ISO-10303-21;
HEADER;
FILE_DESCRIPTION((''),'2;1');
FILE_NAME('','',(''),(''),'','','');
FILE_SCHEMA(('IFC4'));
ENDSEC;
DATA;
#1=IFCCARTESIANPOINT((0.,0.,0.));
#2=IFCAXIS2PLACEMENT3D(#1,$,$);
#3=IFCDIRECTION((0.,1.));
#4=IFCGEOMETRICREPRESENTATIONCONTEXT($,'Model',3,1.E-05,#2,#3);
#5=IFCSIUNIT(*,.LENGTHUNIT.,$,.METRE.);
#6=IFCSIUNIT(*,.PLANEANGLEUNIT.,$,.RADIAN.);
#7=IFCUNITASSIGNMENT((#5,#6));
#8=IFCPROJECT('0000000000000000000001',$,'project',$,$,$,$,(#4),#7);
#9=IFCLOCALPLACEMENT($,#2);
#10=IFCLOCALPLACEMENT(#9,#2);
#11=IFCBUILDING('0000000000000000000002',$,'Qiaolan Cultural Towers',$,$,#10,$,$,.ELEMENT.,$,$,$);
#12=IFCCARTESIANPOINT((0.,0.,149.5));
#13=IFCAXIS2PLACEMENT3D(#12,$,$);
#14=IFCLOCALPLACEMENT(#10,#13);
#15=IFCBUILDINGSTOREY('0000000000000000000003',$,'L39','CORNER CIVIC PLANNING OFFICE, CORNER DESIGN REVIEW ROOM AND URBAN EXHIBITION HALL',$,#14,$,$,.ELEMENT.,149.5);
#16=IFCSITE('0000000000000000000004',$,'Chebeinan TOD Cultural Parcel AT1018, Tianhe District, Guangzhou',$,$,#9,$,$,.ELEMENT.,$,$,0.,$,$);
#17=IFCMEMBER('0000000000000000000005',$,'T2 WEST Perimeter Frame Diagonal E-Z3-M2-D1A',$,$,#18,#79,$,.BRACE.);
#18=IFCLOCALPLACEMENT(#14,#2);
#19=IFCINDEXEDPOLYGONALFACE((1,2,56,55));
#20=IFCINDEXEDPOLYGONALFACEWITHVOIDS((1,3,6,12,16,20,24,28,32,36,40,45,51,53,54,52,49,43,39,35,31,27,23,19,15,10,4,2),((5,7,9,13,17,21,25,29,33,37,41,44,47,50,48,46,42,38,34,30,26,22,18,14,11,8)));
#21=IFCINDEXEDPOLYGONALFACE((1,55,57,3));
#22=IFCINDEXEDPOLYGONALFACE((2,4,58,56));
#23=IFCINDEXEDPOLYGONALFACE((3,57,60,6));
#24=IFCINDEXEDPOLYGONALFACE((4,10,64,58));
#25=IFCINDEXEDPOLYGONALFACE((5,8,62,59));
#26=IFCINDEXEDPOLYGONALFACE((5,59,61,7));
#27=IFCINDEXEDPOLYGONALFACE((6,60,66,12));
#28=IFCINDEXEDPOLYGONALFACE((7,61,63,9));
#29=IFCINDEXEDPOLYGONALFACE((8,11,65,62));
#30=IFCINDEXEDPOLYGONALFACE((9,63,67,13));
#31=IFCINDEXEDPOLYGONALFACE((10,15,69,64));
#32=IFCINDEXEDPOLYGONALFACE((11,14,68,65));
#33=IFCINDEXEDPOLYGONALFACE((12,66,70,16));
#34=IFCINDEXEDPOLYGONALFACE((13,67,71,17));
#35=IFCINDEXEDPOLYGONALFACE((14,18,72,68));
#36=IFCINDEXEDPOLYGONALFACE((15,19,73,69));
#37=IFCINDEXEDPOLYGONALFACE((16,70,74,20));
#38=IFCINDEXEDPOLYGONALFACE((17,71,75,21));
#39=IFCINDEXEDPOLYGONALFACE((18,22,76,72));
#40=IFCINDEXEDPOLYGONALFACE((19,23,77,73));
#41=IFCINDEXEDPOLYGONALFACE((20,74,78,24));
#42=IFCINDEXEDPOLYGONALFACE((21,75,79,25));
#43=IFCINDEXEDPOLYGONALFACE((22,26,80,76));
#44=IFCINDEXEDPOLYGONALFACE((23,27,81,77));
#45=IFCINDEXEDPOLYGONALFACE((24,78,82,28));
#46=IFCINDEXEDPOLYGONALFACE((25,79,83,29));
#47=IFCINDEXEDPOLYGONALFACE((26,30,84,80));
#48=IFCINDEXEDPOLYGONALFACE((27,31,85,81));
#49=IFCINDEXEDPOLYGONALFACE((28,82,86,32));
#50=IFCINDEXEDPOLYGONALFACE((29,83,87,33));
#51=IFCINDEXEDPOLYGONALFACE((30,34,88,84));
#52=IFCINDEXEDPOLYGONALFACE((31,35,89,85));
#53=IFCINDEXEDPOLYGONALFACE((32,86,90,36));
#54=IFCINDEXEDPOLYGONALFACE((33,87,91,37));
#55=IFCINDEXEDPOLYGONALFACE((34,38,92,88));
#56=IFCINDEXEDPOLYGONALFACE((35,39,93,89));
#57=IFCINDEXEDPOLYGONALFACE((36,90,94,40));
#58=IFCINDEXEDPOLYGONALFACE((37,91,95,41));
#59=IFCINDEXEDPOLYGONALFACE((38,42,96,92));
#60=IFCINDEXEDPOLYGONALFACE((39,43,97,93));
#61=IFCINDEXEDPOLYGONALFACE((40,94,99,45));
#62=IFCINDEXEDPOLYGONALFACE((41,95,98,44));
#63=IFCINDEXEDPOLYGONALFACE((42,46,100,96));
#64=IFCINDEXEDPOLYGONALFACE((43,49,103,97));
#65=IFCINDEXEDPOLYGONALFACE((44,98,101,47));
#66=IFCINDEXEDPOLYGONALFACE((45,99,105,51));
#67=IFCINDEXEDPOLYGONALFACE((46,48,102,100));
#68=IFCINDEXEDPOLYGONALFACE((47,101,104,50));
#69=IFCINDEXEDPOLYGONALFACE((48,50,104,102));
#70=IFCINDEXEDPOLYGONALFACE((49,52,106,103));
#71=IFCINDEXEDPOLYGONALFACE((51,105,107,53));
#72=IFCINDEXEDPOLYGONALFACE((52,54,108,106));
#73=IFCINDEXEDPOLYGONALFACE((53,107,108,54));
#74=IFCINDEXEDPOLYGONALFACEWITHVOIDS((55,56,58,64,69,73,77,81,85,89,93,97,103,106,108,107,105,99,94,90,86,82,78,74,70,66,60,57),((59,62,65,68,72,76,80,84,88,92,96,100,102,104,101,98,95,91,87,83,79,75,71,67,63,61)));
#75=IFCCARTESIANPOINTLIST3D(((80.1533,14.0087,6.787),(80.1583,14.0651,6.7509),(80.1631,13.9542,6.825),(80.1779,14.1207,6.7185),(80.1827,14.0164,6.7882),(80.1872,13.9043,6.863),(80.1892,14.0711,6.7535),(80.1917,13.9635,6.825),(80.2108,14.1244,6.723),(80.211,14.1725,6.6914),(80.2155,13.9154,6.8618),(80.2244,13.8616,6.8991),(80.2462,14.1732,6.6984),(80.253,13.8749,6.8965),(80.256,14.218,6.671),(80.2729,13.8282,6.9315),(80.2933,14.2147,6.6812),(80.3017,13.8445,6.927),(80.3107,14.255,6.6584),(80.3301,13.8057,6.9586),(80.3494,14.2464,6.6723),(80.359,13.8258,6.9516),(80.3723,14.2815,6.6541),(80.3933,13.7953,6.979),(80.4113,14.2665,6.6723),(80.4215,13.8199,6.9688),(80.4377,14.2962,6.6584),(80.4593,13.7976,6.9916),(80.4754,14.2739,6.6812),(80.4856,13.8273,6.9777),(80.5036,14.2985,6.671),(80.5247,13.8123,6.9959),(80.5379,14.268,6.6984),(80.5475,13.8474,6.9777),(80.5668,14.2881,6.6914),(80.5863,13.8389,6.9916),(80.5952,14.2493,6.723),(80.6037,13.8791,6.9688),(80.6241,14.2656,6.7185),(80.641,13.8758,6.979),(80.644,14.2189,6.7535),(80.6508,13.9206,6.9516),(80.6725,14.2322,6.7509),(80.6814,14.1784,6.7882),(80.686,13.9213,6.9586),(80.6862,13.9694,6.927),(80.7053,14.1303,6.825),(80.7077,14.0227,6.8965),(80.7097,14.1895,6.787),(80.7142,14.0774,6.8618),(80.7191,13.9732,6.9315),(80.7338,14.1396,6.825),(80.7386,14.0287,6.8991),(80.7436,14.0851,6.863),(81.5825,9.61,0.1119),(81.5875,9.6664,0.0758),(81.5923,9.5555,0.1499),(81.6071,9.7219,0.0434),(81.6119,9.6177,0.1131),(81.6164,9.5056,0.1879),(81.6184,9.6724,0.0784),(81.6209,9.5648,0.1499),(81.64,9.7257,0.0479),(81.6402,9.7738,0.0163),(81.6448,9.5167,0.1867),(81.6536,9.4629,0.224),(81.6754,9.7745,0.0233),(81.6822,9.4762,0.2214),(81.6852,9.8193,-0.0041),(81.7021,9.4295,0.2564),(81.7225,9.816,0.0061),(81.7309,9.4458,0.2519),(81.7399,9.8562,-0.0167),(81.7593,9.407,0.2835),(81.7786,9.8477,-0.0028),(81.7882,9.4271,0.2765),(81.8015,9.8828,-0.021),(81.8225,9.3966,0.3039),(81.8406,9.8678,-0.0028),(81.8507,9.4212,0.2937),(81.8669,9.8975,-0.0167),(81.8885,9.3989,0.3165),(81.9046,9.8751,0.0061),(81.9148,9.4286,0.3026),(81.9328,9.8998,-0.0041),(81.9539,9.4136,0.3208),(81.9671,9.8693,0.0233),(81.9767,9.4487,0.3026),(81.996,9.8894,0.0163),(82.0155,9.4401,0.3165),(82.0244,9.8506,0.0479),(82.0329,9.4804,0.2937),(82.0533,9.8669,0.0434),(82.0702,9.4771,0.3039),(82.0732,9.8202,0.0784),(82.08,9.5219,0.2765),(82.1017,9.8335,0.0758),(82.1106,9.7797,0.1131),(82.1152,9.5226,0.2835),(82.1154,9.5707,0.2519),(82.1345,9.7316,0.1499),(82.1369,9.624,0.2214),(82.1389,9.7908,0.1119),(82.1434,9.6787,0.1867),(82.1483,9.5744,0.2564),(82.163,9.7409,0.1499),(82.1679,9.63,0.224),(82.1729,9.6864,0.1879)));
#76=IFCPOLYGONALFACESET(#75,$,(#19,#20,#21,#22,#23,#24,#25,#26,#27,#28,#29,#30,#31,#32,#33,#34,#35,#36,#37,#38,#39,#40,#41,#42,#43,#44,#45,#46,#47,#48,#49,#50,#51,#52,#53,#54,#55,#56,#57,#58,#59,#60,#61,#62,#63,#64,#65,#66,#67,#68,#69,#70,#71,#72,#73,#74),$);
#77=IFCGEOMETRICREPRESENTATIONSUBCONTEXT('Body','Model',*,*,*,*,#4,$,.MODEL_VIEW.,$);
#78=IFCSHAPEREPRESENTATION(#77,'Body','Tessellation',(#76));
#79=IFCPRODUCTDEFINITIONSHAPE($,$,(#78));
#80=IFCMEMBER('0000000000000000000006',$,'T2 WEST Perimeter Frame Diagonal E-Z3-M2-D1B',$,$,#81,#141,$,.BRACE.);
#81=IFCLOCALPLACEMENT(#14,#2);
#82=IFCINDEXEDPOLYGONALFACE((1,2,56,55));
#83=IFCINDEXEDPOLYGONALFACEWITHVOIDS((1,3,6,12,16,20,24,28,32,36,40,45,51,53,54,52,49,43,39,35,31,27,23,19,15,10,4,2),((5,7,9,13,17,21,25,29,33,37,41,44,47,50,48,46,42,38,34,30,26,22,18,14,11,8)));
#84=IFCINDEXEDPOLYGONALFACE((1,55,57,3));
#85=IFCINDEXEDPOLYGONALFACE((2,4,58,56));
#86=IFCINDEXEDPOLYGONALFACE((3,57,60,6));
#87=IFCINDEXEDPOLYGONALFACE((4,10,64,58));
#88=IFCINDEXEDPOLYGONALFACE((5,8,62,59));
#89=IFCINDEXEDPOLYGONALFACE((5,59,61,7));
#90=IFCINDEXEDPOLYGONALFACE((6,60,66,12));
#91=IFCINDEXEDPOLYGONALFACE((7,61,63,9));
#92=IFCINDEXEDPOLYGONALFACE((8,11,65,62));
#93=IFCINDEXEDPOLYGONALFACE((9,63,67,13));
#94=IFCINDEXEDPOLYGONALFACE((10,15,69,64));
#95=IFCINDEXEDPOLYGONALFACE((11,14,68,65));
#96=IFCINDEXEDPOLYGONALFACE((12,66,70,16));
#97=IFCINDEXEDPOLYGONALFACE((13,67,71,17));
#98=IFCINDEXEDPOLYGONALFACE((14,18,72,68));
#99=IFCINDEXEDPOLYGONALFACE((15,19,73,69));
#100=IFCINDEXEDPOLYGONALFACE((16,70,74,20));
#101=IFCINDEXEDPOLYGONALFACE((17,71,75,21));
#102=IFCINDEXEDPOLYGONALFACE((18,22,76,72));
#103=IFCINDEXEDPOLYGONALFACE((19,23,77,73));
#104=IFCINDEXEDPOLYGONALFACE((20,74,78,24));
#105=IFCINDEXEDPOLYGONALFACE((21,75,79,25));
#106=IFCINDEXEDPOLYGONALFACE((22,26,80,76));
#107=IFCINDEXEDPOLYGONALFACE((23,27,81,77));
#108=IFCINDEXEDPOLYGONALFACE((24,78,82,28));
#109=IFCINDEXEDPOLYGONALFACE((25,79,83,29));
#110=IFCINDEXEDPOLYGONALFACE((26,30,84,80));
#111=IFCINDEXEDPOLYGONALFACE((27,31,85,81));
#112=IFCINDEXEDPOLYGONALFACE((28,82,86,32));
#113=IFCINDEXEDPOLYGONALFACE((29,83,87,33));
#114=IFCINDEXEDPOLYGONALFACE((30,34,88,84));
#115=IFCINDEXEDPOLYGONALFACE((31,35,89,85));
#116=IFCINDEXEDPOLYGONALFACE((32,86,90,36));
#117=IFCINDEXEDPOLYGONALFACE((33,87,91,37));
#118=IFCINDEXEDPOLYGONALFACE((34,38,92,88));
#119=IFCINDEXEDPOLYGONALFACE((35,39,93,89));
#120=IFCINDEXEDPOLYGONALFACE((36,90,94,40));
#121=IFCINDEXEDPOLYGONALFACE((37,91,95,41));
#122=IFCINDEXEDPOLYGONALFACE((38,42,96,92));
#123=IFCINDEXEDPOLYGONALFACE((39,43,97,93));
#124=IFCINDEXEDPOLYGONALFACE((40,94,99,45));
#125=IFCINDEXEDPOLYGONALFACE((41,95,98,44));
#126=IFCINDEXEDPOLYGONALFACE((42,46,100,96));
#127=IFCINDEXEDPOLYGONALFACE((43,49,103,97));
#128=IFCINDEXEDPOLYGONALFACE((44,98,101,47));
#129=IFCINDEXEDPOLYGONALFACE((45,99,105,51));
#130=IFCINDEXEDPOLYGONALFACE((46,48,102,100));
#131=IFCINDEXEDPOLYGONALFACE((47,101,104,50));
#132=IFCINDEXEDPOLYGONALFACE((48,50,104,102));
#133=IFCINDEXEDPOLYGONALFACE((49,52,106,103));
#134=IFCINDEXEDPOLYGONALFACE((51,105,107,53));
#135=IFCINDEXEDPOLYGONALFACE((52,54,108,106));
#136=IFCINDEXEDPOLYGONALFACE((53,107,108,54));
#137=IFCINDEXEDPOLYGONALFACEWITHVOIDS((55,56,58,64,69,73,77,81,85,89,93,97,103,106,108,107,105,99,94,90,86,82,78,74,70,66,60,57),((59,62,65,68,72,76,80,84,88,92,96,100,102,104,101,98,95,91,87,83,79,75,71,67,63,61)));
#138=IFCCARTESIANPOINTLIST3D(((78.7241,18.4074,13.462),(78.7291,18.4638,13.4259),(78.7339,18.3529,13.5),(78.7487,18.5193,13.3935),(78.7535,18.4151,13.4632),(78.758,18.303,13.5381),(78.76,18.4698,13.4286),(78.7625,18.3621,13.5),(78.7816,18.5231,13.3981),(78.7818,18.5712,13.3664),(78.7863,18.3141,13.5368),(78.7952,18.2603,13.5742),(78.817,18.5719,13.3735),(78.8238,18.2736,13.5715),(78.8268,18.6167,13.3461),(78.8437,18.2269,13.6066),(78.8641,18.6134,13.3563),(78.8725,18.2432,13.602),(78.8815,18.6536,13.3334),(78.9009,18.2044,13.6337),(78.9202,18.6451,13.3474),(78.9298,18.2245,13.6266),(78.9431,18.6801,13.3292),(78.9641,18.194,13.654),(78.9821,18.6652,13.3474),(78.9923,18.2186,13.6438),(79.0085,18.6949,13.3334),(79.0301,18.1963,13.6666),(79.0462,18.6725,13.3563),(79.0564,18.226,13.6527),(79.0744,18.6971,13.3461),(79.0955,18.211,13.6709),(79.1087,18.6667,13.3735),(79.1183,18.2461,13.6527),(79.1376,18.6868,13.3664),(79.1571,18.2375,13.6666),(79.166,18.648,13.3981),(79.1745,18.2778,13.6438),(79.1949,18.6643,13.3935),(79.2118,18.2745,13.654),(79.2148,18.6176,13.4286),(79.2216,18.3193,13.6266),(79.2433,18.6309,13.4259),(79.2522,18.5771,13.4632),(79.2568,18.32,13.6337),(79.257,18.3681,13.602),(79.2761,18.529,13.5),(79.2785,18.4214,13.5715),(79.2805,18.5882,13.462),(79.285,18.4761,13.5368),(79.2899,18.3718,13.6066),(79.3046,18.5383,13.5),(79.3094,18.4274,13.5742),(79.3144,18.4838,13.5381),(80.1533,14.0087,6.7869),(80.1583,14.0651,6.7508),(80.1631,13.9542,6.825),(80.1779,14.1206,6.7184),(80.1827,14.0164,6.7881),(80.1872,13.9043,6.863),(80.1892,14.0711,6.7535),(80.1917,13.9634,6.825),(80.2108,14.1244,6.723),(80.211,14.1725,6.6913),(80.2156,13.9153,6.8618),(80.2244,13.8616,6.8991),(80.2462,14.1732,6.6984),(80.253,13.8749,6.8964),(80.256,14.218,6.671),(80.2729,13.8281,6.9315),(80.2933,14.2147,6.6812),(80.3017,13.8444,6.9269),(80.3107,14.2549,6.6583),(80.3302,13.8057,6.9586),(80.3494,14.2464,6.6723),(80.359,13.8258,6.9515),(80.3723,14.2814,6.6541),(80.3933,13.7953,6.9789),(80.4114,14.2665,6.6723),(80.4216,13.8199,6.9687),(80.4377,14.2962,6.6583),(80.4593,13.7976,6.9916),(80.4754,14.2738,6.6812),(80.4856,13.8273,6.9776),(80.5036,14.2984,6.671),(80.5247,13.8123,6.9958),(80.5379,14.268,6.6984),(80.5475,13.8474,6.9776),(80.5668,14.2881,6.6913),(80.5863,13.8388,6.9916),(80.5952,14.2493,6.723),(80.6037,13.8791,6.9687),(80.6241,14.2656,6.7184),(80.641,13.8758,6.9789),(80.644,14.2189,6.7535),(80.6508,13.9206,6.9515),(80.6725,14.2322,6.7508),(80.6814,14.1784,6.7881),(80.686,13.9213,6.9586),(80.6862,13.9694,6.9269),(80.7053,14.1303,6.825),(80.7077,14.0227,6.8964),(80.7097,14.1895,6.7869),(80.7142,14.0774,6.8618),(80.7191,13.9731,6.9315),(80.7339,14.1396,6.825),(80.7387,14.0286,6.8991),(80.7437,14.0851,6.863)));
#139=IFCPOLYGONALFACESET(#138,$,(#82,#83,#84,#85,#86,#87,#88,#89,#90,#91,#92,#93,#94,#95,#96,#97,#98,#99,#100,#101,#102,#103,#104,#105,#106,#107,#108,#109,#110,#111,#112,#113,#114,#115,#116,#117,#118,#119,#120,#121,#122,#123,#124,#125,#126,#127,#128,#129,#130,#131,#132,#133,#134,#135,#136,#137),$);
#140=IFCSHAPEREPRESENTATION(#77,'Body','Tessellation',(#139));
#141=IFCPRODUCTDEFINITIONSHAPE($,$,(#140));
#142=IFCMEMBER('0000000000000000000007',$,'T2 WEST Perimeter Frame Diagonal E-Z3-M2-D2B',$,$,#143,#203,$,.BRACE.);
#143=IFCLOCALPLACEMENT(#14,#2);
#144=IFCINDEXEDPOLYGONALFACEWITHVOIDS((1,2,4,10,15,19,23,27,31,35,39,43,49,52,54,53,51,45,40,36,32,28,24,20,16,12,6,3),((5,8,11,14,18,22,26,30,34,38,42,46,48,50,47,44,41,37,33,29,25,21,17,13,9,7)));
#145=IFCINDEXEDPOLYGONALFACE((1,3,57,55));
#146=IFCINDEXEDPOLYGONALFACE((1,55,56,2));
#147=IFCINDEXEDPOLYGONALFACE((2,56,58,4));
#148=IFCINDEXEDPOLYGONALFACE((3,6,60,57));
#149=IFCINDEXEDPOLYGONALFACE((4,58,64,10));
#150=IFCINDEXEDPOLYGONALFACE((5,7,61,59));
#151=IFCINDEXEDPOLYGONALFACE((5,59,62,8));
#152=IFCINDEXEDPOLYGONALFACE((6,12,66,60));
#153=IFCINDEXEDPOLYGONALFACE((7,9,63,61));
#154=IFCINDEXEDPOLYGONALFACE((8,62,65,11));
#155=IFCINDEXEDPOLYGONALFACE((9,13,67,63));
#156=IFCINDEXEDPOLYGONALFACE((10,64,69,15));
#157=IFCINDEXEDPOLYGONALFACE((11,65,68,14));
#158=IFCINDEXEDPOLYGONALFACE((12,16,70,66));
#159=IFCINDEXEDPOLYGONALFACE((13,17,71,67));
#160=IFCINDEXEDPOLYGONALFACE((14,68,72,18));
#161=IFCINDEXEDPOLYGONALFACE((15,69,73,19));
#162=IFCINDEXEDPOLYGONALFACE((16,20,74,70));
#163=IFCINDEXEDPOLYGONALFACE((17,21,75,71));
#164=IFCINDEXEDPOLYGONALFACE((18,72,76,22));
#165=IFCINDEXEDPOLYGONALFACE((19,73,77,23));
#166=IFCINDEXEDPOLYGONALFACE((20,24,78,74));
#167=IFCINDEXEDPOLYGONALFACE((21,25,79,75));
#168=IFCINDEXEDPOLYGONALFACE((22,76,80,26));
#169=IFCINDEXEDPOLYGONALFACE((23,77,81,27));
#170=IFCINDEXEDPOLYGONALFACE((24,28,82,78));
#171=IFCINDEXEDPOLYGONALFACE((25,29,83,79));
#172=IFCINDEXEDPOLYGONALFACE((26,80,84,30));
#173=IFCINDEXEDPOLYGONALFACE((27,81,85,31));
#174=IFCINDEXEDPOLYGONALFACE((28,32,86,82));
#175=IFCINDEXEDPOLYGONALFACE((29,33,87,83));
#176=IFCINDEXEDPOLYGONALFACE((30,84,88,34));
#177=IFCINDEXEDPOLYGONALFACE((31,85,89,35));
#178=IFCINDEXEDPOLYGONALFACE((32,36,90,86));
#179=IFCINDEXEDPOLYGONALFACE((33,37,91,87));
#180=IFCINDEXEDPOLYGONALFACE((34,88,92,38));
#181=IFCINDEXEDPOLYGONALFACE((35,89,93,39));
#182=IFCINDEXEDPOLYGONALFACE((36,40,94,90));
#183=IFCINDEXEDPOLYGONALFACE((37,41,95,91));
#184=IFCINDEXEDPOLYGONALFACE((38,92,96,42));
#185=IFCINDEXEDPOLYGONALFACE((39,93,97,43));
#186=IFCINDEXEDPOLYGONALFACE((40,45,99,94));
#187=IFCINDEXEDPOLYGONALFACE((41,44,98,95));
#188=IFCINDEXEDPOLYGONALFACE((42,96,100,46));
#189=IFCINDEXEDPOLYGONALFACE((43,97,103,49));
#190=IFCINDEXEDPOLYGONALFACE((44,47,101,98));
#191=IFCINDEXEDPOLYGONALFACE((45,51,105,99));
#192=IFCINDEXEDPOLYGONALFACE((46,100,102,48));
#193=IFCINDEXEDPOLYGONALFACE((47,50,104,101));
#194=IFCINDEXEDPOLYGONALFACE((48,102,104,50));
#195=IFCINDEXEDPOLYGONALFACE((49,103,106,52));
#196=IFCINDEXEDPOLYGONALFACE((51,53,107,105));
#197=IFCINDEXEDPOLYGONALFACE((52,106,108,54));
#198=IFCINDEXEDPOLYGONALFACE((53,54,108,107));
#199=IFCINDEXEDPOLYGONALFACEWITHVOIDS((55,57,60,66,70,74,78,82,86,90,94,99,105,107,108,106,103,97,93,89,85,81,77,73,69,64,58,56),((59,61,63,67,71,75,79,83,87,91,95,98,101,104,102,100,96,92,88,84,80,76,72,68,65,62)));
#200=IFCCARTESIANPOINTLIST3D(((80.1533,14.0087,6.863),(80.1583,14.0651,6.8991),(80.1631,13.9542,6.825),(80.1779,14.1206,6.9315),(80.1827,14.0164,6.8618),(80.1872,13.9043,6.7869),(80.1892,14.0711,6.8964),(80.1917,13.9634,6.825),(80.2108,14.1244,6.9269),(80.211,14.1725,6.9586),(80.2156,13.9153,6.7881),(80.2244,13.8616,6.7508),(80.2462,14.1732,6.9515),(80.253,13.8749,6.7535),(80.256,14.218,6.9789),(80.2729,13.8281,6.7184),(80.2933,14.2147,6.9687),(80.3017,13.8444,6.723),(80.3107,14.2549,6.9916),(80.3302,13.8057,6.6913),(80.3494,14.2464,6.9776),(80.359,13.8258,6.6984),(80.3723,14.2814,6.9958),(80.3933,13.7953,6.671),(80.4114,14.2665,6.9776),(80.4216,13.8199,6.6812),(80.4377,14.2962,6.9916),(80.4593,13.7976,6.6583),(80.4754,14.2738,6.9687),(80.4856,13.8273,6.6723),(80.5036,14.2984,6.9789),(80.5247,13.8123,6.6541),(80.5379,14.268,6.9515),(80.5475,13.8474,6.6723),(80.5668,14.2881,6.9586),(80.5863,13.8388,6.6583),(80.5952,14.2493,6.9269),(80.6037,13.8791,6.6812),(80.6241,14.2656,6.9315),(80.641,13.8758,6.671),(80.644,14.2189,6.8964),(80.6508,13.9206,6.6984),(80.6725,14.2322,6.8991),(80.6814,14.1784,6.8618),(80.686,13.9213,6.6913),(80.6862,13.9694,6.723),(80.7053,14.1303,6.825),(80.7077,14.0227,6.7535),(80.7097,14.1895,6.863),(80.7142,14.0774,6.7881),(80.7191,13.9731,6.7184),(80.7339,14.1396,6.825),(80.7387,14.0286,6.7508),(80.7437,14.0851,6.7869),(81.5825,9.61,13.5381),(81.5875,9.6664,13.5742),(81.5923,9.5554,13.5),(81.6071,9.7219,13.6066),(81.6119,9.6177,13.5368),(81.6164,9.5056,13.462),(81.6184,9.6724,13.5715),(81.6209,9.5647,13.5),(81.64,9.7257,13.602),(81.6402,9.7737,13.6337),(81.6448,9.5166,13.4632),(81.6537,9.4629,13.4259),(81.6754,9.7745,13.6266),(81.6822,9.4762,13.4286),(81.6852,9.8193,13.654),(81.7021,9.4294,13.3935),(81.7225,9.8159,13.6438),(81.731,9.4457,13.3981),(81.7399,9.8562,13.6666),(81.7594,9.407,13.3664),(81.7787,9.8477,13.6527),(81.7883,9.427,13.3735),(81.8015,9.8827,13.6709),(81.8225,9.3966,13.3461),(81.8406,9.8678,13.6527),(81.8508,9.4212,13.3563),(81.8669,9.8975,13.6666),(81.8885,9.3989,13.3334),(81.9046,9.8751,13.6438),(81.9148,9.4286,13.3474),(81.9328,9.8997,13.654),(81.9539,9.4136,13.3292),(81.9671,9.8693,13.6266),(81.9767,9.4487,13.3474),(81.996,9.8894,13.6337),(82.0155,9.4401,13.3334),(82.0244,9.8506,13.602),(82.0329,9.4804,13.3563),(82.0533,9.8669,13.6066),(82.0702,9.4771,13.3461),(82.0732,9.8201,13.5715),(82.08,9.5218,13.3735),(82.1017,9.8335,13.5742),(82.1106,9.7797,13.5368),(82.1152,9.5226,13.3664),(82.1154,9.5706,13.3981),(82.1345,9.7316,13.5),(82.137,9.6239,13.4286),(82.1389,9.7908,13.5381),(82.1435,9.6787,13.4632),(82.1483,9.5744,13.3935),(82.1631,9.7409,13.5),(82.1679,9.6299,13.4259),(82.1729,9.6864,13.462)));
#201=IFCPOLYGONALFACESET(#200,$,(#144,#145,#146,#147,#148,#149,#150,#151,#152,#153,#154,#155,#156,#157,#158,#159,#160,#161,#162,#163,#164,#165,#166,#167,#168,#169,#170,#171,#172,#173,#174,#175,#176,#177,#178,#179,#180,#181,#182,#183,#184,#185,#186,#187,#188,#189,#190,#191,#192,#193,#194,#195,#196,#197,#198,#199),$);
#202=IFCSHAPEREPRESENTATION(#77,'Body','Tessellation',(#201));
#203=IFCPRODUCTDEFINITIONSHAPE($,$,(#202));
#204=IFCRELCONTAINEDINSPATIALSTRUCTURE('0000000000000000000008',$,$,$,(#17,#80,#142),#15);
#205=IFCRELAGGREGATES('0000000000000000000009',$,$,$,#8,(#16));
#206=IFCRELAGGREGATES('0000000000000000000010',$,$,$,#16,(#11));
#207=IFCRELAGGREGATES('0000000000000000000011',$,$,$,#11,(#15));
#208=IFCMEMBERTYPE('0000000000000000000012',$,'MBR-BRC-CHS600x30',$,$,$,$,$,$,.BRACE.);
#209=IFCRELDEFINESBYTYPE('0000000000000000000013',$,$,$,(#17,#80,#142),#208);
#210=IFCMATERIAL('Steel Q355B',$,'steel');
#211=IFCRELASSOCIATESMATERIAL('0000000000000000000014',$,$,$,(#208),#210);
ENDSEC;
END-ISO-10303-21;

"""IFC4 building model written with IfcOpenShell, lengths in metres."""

from ifc_helpers import new_model, si_unit, direction, frame, origin, origin_2d, place, context, subcontext, project, spatial, hollow_circle, extrude, material, material_profile, profile_set, type_object, element, save


model = new_model("IFC4")

# Units and contexts
model_context = context("Model", 3, precision=1e-05, world=origin(), true_north=direction((0.0, 1.0)))
body_context = subcontext(model_context, "Body", "Model", "MODEL_VIEW")
ifc_project = project(units=[si_unit("LENGTHUNIT", "METRE"), si_unit("PLANEANGLEUNIT", "RADIAN")], contexts=[model_context])

# Site, building, storey
site_placement = place(None, origin())
site = spatial("IfcSite", under=ifc_project, at=site_placement, Name="Chebeinan TOD Cultural Parcel AT1018, Tianhe District, Guangzhou", CompositionType="ELEMENT", RefElevation=0.0)
building_placement = place(site_placement, origin())
building = spatial("IfcBuilding", under=site, at=building_placement, Name="Qiaolan Cultural Towers", CompositionType="ELEMENT")
storey_placement = place(building_placement, frame((0.0, 0.0, 149.5)))
storey = spatial("IfcBuildingStorey", under=building, at=storey_placement, Name="L39", Description="CORNER CIVIC PLANNING OFFICE, CORNER DESIGN REVIEW ROOM AND URBAN EXHIBITION HALL", CompositionType="ELEMENT", Elevation=149.5)

# Members
ifc_material_1 = material(Name="Steel Q355B", Category="steel")
ifc_material_profile_1 = material_profile(ifc_material_1, hollow_circle(Radius=0.3, WallThickness=0.03, at=origin_2d()), Name="CHS600x30")
ifc_profile_set_1 = profile_set([ifc_material_profile_1], Name="Steel Q355B")
member_type = type_object("IfcMemberType", Name="MBR-BRC-CHS600x30", PredefinedType="BRACE", material=ifc_profile_set_1)
for number, where, z_axis, x_axis, name in (
    (1, (81.8777, 9.6482, 0.1499), (-0.175993, 0.541657, 0.82197), (-0.951058, -0.309013, 0.0), "T2 WEST Perimeter Frame Diagonal E-Z3-M2-D1A"),
    (2, (80.4485, 14.0469, 6.825), (-0.175993, 0.541657, 0.82197), (-0.951058, -0.309013, 0.0), "T2 WEST Perimeter Frame Diagonal E-Z3-M2-D1B"),
    (3, (80.4485, 14.0469, 6.825), (0.175993, -0.541657, 0.82197), (0.951058, 0.309013, 0.0), "T2 WEST Perimeter Frame Diagonal E-Z3-M2-D2B"),
):
    element("IfcMember", number, at=place(storey_placement, frame(where, z_axis=z_axis, x_axis=x_axis)), inside=storey, type_object=member_type, Name=name, PredefinedType="BRACE", context=body_context, shape_type="SweptSolid", body=[
        extrude(hollow_circle(Radius=0.3, WallThickness=0.03, at=origin_2d()), origin(), (0.0, 0.0, 1.0), 8.1208),
    ])

save(model, "model.ifc")
